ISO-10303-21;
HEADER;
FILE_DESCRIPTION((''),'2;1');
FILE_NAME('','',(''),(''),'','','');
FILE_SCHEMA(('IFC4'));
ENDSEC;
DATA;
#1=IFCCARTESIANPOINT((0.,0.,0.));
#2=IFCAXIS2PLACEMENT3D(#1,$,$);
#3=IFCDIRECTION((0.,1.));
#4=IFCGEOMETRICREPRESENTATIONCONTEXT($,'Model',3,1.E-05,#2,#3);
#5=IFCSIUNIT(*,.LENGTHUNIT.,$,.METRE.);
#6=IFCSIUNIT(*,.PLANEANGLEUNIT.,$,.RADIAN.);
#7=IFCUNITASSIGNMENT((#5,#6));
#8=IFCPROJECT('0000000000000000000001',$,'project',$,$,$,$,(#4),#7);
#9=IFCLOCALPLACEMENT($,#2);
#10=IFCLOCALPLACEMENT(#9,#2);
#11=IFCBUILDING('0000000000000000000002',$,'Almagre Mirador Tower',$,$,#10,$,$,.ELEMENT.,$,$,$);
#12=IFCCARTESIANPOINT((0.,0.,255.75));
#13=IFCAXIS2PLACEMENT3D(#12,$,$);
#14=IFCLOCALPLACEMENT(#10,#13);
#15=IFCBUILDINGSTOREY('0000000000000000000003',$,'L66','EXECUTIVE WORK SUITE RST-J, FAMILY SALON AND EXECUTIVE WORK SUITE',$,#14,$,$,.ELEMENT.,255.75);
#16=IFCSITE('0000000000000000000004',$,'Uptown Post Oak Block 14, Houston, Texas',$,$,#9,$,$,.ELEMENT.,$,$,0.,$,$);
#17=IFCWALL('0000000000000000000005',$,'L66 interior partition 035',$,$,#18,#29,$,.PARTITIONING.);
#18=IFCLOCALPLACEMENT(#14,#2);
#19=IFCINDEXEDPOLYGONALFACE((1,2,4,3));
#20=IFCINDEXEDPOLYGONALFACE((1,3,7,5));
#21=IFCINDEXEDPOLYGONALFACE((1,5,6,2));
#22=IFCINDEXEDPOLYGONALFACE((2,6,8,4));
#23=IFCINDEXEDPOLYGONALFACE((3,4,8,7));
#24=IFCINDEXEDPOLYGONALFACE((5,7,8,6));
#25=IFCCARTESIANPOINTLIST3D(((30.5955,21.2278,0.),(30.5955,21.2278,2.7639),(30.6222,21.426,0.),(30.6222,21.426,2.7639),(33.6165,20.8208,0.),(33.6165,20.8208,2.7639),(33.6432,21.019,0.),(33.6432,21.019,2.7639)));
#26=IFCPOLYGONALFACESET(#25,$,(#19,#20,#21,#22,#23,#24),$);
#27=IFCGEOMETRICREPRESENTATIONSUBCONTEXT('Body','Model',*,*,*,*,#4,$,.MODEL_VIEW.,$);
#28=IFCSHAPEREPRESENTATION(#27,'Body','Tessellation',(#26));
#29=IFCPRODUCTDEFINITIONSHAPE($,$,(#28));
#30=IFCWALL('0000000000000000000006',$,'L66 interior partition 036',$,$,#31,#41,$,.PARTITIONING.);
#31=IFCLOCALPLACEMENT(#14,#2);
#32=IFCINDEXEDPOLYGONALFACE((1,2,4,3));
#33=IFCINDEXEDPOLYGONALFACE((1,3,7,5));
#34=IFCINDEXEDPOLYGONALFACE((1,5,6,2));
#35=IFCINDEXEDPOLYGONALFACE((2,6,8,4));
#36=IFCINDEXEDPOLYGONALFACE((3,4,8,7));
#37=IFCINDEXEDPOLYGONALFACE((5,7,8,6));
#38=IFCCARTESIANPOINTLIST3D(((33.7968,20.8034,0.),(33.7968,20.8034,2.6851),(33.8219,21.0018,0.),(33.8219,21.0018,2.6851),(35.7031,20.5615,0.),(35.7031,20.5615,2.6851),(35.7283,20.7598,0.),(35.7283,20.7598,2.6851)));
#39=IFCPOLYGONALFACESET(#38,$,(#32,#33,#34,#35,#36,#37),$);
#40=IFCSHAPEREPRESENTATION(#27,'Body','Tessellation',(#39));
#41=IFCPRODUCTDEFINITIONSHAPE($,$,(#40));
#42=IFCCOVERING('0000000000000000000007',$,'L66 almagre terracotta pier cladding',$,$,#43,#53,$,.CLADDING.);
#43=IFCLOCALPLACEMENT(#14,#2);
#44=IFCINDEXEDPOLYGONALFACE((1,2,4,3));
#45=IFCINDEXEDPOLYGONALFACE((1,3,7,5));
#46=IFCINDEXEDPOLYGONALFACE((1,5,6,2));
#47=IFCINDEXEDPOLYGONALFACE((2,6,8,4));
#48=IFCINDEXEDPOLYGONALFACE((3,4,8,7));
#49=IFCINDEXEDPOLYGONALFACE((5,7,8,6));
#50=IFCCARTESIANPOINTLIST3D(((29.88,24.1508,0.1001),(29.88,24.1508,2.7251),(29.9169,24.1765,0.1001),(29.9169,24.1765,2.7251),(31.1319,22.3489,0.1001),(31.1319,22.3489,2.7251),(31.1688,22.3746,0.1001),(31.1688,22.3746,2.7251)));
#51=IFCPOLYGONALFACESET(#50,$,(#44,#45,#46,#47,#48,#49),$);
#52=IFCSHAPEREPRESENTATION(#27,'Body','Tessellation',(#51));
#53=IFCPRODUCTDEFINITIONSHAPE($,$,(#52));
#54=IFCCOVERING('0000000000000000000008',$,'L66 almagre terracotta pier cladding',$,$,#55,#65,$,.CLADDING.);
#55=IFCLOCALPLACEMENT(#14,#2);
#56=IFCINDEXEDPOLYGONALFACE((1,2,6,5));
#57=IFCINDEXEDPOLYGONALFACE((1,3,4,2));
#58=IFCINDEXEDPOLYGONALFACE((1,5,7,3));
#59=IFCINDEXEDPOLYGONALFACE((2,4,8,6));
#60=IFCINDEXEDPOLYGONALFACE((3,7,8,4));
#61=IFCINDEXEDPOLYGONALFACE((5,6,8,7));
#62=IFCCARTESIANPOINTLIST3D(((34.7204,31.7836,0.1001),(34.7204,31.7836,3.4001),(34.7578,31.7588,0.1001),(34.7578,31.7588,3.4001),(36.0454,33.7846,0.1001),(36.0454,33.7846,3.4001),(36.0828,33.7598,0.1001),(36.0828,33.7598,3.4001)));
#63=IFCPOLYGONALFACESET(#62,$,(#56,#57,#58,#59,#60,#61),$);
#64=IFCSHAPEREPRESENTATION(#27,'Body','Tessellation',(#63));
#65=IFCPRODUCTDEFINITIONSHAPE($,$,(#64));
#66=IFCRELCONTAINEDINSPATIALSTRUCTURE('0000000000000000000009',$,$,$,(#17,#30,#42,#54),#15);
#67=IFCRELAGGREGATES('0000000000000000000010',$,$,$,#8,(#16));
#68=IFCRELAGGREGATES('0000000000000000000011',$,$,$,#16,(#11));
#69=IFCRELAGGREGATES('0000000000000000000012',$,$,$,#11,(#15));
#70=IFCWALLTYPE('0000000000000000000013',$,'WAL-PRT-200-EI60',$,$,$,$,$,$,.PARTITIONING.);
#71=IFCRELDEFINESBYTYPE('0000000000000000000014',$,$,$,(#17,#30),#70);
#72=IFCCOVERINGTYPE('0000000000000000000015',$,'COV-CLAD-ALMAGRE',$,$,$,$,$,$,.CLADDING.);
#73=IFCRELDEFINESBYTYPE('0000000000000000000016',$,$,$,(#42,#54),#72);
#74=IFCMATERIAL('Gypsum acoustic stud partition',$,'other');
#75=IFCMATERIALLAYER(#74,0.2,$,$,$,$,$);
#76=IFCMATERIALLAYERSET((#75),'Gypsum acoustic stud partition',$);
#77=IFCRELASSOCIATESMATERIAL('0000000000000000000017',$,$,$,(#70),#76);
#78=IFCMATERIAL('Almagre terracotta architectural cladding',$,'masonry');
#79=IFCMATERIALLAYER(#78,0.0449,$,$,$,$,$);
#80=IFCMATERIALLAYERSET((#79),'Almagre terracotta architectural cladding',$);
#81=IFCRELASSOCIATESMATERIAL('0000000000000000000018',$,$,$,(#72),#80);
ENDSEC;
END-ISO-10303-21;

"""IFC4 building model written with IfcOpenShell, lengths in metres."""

from ifc_helpers import new_model, si_unit, direction, frame, frame_2d, origin, origin_2d, place, context, subcontext, project, spatial, rectangle, extrude, material, layer, layer_set, type_object, element, save


model = new_model("IFC4")

# Units and contexts
model_context = context("Model", 3, precision=1e-05, world=origin(), true_north=direction((0.0, 1.0)))
body_context = subcontext(model_context, "Body", "Model", "MODEL_VIEW")
ifc_project = project(units=[si_unit("LENGTHUNIT", "METRE"), si_unit("PLANEANGLEUNIT", "RADIAN")], contexts=[model_context])

# Site, building, storey
site_placement = place(None, origin())
site = spatial("IfcSite", under=ifc_project, at=site_placement, Name="Uptown Post Oak Block 14, Houston, Texas", CompositionType="ELEMENT", RefElevation=0.0)
building_placement = place(site_placement, origin())
building = spatial("IfcBuilding", under=site, at=building_placement, Name="Almagre Mirador Tower", CompositionType="ELEMENT")
storey_placement = place(building_placement, frame((0.0, 0.0, 255.75)))
storey = spatial("IfcBuildingStorey", under=building, at=storey_placement, Name="L66", Description="EXECUTIVE WORK SUITE RST-J, FAMILY SALON AND EXECUTIVE WORK SUITE", CompositionType="ELEMENT", Elevation=255.75)

# Walls
ifc_material_1 = material(Name="Gypsum acoustic stud partition", Category="other")
ifc_layer_1 = layer(ifc_material_1, 0.2)
ifc_layer_set_1 = layer_set([ifc_layer_1], Name="Gypsum acoustic stud partition")
wall_type_1 = type_object("IfcWallType", Name="WAL-PRT-200-EI60", PredefinedType="PARTITIONING", material=ifc_layer_set_1)
wall_1_placement = place(storey_placement, frame((33.6299, 20.9199, 0.0), z_axis=(0.0, 0.0, 1.0), x_axis=(-0.991047, 0.133512, 0.0)))
element("IfcWall", 1, at=wall_1_placement, inside=storey, type_object=wall_type_1, Name="L66 interior partition 035", PredefinedType="PARTITIONING", context=body_context, shape_type="SweptSolid", body=[
    extrude(rectangle(XDim=3.0483, YDim=0.2, at=frame_2d((1.5242, 0.0))), origin(), (0.0, 0.0, 1.0), 2.7639),
])
wall_2_placement = place(storey_placement, frame((35.7158, 20.6606, 0.0), z_axis=(0.0, 0.0, 1.0), x_axis=(-0.992042, 0.125911, 0.0)))
element("IfcWall", 2, at=wall_2_placement, inside=storey, type_object=wall_type_1, Name="L66 interior partition 036", PredefinedType="PARTITIONING", context=body_context, shape_type="SweptSolid", body=[
    extrude(rectangle(XDim=1.9216, YDim=0.2, at=frame_2d((0.9609, 0.0))), origin(), (0.0, 0.0, 1.0), 2.6851),
])

# Coverings
ifc_material_2 = material(Name="Almagre terracotta architectural cladding", Category="masonry")
ifc_layer_2 = layer(ifc_material_2, 0.0449)
ifc_layer_set_2 = layer_set([ifc_layer_2], Name="Almagre terracotta architectural cladding")
covering_type = type_object("IfcCoveringType", Name="COV-CLAD-ALMAGRE", PredefinedType="CLADDING", material=ifc_layer_set_2)
covering_1_placement = place(storey_placement, frame((30.5244, 23.2627, 0.1001), z_axis=(0.0, 0.0, 1.0), x_axis=(-0.570556, 0.821259, 0.0)))
element("IfcCovering", 3, at=covering_1_placement, inside=storey, type_object=covering_type, Name="L66 almagre terracotta pier cladding", PredefinedType="CLADDING", context=body_context, shape_type="SweptSolid", body=[
    extrude(rectangle(XDim=2.1941, YDim=0.0449, at=origin_2d()), origin(), (0.0, 0.0, 1.0), 2.625),
])
covering_2_placement = place(storey_placement, frame((35.4016, 32.7717, 0.1001), z_axis=(0.0, 0.0, 1.0), x_axis=(0.552112, 0.83377, 0.0)))
element("IfcCovering", 4, at=covering_2_placement, inside=storey, type_object=covering_type, Name="L66 almagre terracotta pier cladding", PredefinedType="CLADDING", context=body_context, shape_type="SweptSolid", body=[
    extrude(rectangle(XDim=2.3999, YDim=0.0449, at=origin_2d()), origin(), (0.0, 0.0, 1.0), 3.3),
])

save(model, "model.ifc")
